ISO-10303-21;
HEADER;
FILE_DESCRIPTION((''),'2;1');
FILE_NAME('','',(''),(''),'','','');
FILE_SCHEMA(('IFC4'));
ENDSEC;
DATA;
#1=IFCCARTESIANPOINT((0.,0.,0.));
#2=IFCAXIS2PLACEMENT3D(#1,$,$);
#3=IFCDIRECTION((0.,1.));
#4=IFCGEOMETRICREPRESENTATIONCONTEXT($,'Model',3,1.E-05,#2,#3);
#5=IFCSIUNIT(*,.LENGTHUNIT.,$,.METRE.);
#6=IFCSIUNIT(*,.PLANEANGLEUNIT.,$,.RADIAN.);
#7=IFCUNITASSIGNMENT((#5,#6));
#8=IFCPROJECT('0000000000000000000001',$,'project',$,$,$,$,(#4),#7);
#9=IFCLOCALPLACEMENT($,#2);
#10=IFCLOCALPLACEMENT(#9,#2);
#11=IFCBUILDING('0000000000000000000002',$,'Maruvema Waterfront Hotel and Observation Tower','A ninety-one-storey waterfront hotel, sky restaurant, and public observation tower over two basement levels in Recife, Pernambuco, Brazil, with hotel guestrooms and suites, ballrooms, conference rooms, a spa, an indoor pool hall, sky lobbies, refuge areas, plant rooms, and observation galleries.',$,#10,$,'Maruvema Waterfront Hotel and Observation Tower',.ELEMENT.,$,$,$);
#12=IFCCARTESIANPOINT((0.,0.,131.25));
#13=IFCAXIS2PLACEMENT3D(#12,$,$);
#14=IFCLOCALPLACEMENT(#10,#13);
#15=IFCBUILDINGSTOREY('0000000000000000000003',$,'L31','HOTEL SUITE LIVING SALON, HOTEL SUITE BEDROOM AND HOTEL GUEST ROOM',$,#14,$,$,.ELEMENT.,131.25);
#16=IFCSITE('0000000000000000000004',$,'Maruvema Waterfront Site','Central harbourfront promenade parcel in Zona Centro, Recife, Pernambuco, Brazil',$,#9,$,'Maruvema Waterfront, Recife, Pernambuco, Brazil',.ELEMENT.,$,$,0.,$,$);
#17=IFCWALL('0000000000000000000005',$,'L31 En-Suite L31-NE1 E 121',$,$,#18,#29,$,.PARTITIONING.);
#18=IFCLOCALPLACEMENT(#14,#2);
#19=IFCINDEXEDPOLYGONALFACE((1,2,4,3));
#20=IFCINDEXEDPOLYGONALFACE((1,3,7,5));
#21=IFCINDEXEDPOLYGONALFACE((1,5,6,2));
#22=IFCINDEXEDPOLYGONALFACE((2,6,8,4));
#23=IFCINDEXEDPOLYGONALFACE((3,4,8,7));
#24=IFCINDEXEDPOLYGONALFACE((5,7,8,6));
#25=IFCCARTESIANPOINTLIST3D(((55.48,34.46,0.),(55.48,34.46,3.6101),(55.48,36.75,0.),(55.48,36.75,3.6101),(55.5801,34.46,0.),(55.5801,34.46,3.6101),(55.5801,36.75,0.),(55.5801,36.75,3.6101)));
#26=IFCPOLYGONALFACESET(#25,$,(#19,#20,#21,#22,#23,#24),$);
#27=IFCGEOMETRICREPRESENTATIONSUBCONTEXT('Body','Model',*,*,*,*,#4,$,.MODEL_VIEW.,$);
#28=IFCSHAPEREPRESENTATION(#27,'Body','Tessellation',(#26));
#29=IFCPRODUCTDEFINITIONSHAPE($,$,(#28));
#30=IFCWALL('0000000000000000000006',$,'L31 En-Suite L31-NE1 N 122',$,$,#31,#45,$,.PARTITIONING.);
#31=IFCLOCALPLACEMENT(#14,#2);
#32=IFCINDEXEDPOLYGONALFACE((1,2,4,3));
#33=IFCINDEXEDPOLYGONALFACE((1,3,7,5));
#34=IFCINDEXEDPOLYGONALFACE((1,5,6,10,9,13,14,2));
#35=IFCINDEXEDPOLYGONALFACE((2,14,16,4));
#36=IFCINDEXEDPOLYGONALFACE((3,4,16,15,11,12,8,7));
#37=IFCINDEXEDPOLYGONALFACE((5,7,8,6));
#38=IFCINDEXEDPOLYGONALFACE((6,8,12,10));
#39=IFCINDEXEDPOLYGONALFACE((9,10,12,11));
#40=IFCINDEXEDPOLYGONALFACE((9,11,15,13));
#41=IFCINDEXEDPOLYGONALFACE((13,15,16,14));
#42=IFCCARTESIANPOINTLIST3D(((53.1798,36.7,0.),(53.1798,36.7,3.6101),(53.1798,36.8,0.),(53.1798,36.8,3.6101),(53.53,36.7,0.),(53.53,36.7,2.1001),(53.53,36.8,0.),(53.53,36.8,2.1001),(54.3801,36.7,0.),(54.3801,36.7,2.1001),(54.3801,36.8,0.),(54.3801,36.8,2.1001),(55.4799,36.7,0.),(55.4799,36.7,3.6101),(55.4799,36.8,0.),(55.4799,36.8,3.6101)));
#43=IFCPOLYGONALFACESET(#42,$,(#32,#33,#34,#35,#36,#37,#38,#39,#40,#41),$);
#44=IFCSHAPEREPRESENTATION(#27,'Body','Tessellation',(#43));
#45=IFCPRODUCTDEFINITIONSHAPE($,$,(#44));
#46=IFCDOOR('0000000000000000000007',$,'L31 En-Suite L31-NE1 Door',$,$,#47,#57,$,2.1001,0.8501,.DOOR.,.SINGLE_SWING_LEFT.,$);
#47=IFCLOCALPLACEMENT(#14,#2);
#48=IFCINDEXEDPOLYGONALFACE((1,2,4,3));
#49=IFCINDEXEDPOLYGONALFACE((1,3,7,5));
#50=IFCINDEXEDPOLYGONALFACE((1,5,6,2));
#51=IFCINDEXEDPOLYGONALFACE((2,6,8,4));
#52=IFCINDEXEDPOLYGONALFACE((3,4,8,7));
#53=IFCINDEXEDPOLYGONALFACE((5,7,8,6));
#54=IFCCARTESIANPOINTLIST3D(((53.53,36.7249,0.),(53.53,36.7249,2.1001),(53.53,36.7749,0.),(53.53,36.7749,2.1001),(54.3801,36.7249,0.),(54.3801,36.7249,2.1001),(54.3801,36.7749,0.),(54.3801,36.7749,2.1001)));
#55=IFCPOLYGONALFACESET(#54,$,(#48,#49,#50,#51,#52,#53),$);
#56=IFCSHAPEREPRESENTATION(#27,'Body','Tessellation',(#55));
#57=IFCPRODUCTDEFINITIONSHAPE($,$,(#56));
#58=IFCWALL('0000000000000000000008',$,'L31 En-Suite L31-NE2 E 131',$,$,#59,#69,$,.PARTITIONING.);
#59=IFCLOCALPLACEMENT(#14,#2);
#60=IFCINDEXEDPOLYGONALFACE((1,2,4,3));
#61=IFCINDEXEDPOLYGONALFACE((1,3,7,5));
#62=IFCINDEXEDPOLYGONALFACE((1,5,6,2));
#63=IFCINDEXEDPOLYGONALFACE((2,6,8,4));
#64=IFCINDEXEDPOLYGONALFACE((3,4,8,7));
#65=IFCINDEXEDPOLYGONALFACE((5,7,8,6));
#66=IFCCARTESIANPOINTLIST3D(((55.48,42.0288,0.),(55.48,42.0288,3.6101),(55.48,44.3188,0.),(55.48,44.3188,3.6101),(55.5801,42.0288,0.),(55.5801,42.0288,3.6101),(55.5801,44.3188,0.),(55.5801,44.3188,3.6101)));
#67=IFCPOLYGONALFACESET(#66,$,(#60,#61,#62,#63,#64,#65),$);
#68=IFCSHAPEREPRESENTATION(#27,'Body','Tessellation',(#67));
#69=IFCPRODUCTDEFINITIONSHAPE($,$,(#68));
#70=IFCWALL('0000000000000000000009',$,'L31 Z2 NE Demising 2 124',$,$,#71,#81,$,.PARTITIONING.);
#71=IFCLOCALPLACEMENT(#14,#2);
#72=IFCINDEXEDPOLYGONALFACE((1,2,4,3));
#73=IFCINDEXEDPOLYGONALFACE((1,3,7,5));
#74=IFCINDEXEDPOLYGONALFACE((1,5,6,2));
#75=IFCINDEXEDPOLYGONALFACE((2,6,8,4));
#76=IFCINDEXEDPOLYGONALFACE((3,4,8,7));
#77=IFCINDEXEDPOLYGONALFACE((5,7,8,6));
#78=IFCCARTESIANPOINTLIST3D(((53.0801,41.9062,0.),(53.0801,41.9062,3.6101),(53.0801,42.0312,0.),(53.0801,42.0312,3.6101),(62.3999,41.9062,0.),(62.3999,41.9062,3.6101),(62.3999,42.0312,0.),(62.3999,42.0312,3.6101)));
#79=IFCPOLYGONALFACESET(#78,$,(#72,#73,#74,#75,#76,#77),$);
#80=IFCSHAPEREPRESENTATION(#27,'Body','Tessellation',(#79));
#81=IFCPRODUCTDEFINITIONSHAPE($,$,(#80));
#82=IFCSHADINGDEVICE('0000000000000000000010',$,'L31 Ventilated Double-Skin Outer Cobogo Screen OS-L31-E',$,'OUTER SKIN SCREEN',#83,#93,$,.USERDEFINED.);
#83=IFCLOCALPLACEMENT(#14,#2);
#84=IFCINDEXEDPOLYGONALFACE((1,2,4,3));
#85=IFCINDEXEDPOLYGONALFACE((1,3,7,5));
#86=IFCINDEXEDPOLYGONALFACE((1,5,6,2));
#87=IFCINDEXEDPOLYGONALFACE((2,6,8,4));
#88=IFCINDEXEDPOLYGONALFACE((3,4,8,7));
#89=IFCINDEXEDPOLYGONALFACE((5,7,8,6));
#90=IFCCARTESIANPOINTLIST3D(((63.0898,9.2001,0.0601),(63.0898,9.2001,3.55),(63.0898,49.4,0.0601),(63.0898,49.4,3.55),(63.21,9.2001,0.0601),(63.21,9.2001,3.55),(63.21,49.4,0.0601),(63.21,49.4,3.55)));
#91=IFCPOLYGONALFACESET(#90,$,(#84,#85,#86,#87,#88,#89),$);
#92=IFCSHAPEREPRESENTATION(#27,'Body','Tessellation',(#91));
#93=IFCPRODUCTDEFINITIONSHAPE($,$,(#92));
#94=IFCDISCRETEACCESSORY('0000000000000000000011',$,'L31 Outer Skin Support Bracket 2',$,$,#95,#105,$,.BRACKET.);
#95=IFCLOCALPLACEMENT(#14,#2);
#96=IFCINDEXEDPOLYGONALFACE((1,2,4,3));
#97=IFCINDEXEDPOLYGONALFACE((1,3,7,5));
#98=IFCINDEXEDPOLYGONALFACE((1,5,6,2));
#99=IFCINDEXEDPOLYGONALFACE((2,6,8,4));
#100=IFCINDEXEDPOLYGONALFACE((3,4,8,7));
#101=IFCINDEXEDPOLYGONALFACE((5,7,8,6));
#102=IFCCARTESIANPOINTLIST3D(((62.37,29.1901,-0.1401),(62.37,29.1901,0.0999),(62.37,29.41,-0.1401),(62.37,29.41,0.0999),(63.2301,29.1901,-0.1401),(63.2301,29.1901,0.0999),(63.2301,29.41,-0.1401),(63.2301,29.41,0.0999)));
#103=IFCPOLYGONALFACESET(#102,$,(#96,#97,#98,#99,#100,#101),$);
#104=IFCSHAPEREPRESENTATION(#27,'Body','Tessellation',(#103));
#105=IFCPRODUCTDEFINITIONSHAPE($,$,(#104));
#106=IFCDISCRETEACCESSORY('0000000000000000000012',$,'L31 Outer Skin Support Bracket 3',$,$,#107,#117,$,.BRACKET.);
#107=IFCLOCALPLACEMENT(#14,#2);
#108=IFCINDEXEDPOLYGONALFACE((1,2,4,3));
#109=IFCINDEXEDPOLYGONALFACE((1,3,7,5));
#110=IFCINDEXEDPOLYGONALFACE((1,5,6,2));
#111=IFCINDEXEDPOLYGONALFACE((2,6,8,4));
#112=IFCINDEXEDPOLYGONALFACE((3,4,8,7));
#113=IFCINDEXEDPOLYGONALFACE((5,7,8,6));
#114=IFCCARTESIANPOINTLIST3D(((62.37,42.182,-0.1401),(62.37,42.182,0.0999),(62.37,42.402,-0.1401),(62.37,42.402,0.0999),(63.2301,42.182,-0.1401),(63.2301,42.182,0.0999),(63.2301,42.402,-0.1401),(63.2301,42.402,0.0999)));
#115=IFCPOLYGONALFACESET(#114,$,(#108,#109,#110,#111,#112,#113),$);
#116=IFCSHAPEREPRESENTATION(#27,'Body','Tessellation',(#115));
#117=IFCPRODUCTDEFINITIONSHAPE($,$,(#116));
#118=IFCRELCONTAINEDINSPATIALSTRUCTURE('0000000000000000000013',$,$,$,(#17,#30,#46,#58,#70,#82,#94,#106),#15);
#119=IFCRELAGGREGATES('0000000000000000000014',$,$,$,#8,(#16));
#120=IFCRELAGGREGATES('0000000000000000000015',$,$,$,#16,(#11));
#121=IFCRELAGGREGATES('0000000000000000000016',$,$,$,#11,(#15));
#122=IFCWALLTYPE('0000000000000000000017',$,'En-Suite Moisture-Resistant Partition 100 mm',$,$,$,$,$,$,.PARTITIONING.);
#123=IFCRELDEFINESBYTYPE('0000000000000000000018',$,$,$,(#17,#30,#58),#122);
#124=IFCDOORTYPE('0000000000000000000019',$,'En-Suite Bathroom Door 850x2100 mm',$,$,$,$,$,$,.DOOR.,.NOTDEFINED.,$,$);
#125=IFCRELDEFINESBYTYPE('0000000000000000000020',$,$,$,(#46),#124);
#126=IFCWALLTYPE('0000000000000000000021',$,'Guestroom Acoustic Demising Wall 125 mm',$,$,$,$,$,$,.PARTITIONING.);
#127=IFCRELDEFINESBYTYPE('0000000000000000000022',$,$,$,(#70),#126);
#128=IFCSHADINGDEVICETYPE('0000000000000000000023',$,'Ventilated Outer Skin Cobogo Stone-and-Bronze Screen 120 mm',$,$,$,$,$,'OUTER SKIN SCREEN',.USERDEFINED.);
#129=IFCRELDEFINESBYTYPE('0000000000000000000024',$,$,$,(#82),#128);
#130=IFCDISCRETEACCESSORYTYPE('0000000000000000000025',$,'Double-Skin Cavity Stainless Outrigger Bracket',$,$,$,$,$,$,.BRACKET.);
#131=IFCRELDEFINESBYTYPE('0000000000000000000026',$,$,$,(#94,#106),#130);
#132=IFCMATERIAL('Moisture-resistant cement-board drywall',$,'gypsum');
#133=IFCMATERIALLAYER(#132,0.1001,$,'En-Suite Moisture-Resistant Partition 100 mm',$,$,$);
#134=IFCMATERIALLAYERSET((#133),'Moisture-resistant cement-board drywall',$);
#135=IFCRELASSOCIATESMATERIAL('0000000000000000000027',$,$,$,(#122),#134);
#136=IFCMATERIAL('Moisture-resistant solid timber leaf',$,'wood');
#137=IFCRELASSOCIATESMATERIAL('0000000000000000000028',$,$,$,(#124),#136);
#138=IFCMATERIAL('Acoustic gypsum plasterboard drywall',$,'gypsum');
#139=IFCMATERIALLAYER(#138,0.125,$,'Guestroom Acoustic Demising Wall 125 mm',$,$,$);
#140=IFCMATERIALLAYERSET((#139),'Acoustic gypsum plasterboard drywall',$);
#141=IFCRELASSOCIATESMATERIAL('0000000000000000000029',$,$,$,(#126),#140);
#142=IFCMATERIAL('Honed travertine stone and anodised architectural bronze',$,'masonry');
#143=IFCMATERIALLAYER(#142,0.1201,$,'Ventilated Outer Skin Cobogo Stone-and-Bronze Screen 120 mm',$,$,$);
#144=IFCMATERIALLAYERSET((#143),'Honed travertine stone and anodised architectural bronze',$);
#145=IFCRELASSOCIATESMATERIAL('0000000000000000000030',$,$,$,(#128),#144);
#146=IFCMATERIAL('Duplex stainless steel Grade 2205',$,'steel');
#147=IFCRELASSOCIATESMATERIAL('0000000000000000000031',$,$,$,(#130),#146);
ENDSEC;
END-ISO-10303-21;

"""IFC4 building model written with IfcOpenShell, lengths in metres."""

from ifc_helpers import new_model, si_unit, direction, frame, frame_2d, origin, origin_2d, place, context, subcontext, project, spatial, rectangle, extrude, material, layer, layer_set, type_object, element, fill, save


model = new_model("IFC4")

# Units and contexts
model_context = context("Model", 3, precision=1e-05, world=origin(), true_north=direction((0.0, 1.0)))
body_context = subcontext(model_context, "Body", "Model", "MODEL_VIEW")
ifc_project = project(units=[si_unit("LENGTHUNIT", "METRE"), si_unit("PLANEANGLEUNIT", "RADIAN")], contexts=[model_context])

# Site, building, storey
site_placement = place(None, origin())
site = spatial("IfcSite", under=ifc_project, at=site_placement, Name="Maruvema Waterfront Site", Description="Central harbourfront promenade parcel in Zona Centro, Recife, Pernambuco, Brazil", LongName="Maruvema Waterfront, Recife, Pernambuco, Brazil", CompositionType="ELEMENT", RefElevation=0.0)
building_placement = place(site_placement, origin())
building = spatial("IfcBuilding", under=site, at=building_placement, Name="Maruvema Waterfront Hotel and Observation Tower", Description="A ninety-one-storey waterfront hotel, sky restaurant, and public observation tower over two basement levels in Recife, Pernambuco, Brazil, with hotel guestrooms and suites, ballrooms, conference rooms, a spa, an indoor pool hall, sky lobbies, refuge areas, plant rooms, and observation galleries.", LongName="Maruvema Waterfront Hotel and Observation Tower", CompositionType="ELEMENT")
storey_placement = place(building_placement, frame((0.0, 0.0, 131.25)))
storey = spatial("IfcBuildingStorey", under=building, at=storey_placement, Name="L31", Description="HOTEL SUITE LIVING SALON, HOTEL SUITE BEDROOM AND HOTEL GUEST ROOM", CompositionType="ELEMENT", Elevation=131.25)

# Wall
ifc_material_1 = material(Name="Moisture-resistant cement-board drywall", Category="gypsum")
ifc_layer_1 = layer(ifc_material_1, 0.1001, Name="En-Suite Moisture-Resistant Partition 100 mm")
ifc_layer_set_1 = layer_set([ifc_layer_1], Name="Moisture-resistant cement-board drywall")
wall_type_1 = type_object("IfcWallType", Name="En-Suite Moisture-Resistant Partition 100 mm", PredefinedType="PARTITIONING", material=ifc_layer_set_1)
wall_1_placement = place(storey_placement, frame((55.53, 34.46, 0.0), z_axis=(0.0, 0.0, 1.0), x_axis=(0.0, 1.0, 0.0)))
element("IfcWall", 1, at=wall_1_placement, inside=storey, type_object=wall_type_1, Name="L31 En-Suite L31-NE1 E 121", PredefinedType="PARTITIONING", context=body_context, shape_type="SweptSolid", body=[
    extrude(rectangle(XDim=2.29, YDim=0.1001, at=frame_2d((1.145, 0.0))), origin(), (0.0, 0.0, 1.0), 3.6101),
])

# Wall, opening, door
wall_2_placement = place(storey_placement, frame((53.1799, 36.75, 0.0), z_axis=(0.0, 0.0, 1.0), x_axis=(1.0, 0.0, 0.0)))
wall_2 = element("IfcWall", 2, at=wall_2_placement, inside=storey, type_object=wall_type_1, Name="L31 En-Suite L31-NE1 N 122", PredefinedType="PARTITIONING", context=body_context, shape_type="SweptSolid", body=[
    extrude(rectangle(XDim=2.3, YDim=0.1001, at=frame_2d((1.1499, 0.0))), origin(), (0.0, 0.0, 1.0), 3.6101),
])
opening_1_placement = place(wall_2_placement, frame((0.3501, 0.0, 0.0)))
opening_1 = element("IfcOpeningElement", 3, at=opening_1_placement, cuts=wall_2, PredefinedType="OPENING", context=body_context, shape_type="SweptSolid", body=[
    extrude(rectangle(XDim=0.8501, YDim=2.1001, at=frame_2d((0.425, 1.05))), frame((0.0, 0.0601, 0.0), z_axis=(0.0, -1.0, 0.0), x_axis=(1.0, 0.0, 0.0)), (0.0, 0.0, 1.0), 0.1201),
])
ifc_material_2 = material(Name="Moisture-resistant solid timber leaf", Category="wood")
door_type_1 = type_object("IfcDoorType", Name="En-Suite Bathroom Door 850x2100 mm", OperationType="NOTDEFINED", PredefinedType="DOOR", material=ifc_material_2)
door_1_placement = place(opening_1_placement, origin())
door_1 = element("IfcDoor", 4, at=door_1_placement, inside=storey, type_object=door_type_1, Name="L31 En-Suite L31-NE1 Door", OperationType="SINGLE_SWING_LEFT", OverallHeight=2.1001, OverallWidth=0.8501, PredefinedType="DOOR", context=body_context, shape_type="SweptSolid", body=[
    extrude(rectangle(XDim=0.8501, YDim=2.1001, at=frame_2d((0.425, 1.05))), frame((0.0, 0.0249, 0.0), z_axis=(0.0, -1.0, 0.0), x_axis=(1.0, 0.0, 0.0)), (0.0, 0.0, 1.0), 0.05),
])
fill(opening_1, door_1)

# Walls
wall_3_placement = place(storey_placement, frame((55.53, 42.0288, 0.0), z_axis=(0.0, 0.0, 1.0), x_axis=(0.0, 1.0, 0.0)))
element("IfcWall", 5, at=wall_3_placement, inside=storey, type_object=wall_type_1, Name="L31 En-Suite L31-NE2 E 131", PredefinedType="PARTITIONING", context=body_context, shape_type="SweptSolid", body=[
    extrude(rectangle(XDim=2.29, YDim=0.1001, at=frame_2d((1.145, 0.0))), origin(), (0.0, 0.0, 1.0), 3.6101),
])
ifc_material_3 = material(Name="Acoustic gypsum plasterboard drywall", Category="gypsum")
ifc_layer_2 = layer(ifc_material_3, 0.125, Name="Guestroom Acoustic Demising Wall 125 mm")
ifc_layer_set_2 = layer_set([ifc_layer_2], Name="Acoustic gypsum plasterboard drywall")
wall_type_2 = type_object("IfcWallType", Name="Guestroom Acoustic Demising Wall 125 mm", PredefinedType="PARTITIONING", material=ifc_layer_set_2)
wall_4_placement = place(storey_placement, frame((53.0801, 41.9688, 0.0), z_axis=(0.0, 0.0, 1.0), x_axis=(1.0, 0.0, 0.0)))
element("IfcWall", 6, at=wall_4_placement, inside=storey, type_object=wall_type_2, Name="L31 Z2 NE Demising 2 124", PredefinedType="PARTITIONING", context=body_context, shape_type="SweptSolid", body=[
    extrude(rectangle(XDim=9.3198, YDim=0.125, at=frame_2d((4.6599, 0.0))), origin(), (0.0, 0.0, 1.0), 3.6101),
])

# Shading device
ifc_material_4 = material(Name="Honed travertine stone and anodised architectural bronze", Category="masonry")
ifc_layer_3 = layer(ifc_material_4, 0.1201, Name="Ventilated Outer Skin Cobogo Stone-and-Bronze Screen 120 mm")
ifc_layer_set_3 = layer_set([ifc_layer_3], Name="Honed travertine stone and anodised architectural bronze")
shading_device_type = type_object("IfcShadingDeviceType", Name="Ventilated Outer Skin Cobogo Stone-and-Bronze Screen 120 mm", ElementType="OUTER SKIN SCREEN", PredefinedType="USERDEFINED", material=ifc_layer_set_3)
shading_device_placement = place(storey_placement, frame((63.1499, 29.3, 0.0601), z_axis=(0.0, 0.0, 1.0), x_axis=(0.0, 1.0, 0.0)))
element("IfcShadingDevice", 7, at=shading_device_placement, inside=storey, type_object=shading_device_type, Name="L31 Ventilated Double-Skin Outer Cobogo Screen OS-L31-E", ObjectType="OUTER SKIN SCREEN", PredefinedType="USERDEFINED", context=body_context, shape_type="SweptSolid", body=[
    extrude(rectangle(XDim=40.2, YDim=0.1201, at=origin_2d()), origin(), (0.0, 0.0, 1.0), 3.49),
])

# Discrete accessories
ifc_material_5 = material(Name="Duplex stainless steel Grade 2205", Category="steel")
discrete_accessory_type = type_object("IfcDiscreteAccessoryType", Name="Double-Skin Cavity Stainless Outrigger Bracket", PredefinedType="BRACKET", material=ifc_material_5)
for number, where, z_axis, x_axis, name in (
    (8, (62.8, 29.3, -0.1401), (0.0, 0.0, 1.0), (0.0, 1.0, 0.0), "L31 Outer Skin Support Bracket 2"),
    (9, (62.8, 42.292, -0.1401), (0.0, 0.0, 1.0), (0.0, 1.0, 0.0), "L31 Outer Skin Support Bracket 3"),
):
    element("IfcDiscreteAccessory", number, at=place(storey_placement, frame(where, z_axis=z_axis, x_axis=x_axis)), inside=storey, type_object=discrete_accessory_type, Name=name, PredefinedType="BRACKET", context=body_context, shape_type="SweptSolid", body=[
        extrude(rectangle(XDim=0.22, YDim=0.8601, at=origin_2d()), origin(), (0.0, 0.0, 1.0), 0.24),
    ])

save(model, "model.ifc")
